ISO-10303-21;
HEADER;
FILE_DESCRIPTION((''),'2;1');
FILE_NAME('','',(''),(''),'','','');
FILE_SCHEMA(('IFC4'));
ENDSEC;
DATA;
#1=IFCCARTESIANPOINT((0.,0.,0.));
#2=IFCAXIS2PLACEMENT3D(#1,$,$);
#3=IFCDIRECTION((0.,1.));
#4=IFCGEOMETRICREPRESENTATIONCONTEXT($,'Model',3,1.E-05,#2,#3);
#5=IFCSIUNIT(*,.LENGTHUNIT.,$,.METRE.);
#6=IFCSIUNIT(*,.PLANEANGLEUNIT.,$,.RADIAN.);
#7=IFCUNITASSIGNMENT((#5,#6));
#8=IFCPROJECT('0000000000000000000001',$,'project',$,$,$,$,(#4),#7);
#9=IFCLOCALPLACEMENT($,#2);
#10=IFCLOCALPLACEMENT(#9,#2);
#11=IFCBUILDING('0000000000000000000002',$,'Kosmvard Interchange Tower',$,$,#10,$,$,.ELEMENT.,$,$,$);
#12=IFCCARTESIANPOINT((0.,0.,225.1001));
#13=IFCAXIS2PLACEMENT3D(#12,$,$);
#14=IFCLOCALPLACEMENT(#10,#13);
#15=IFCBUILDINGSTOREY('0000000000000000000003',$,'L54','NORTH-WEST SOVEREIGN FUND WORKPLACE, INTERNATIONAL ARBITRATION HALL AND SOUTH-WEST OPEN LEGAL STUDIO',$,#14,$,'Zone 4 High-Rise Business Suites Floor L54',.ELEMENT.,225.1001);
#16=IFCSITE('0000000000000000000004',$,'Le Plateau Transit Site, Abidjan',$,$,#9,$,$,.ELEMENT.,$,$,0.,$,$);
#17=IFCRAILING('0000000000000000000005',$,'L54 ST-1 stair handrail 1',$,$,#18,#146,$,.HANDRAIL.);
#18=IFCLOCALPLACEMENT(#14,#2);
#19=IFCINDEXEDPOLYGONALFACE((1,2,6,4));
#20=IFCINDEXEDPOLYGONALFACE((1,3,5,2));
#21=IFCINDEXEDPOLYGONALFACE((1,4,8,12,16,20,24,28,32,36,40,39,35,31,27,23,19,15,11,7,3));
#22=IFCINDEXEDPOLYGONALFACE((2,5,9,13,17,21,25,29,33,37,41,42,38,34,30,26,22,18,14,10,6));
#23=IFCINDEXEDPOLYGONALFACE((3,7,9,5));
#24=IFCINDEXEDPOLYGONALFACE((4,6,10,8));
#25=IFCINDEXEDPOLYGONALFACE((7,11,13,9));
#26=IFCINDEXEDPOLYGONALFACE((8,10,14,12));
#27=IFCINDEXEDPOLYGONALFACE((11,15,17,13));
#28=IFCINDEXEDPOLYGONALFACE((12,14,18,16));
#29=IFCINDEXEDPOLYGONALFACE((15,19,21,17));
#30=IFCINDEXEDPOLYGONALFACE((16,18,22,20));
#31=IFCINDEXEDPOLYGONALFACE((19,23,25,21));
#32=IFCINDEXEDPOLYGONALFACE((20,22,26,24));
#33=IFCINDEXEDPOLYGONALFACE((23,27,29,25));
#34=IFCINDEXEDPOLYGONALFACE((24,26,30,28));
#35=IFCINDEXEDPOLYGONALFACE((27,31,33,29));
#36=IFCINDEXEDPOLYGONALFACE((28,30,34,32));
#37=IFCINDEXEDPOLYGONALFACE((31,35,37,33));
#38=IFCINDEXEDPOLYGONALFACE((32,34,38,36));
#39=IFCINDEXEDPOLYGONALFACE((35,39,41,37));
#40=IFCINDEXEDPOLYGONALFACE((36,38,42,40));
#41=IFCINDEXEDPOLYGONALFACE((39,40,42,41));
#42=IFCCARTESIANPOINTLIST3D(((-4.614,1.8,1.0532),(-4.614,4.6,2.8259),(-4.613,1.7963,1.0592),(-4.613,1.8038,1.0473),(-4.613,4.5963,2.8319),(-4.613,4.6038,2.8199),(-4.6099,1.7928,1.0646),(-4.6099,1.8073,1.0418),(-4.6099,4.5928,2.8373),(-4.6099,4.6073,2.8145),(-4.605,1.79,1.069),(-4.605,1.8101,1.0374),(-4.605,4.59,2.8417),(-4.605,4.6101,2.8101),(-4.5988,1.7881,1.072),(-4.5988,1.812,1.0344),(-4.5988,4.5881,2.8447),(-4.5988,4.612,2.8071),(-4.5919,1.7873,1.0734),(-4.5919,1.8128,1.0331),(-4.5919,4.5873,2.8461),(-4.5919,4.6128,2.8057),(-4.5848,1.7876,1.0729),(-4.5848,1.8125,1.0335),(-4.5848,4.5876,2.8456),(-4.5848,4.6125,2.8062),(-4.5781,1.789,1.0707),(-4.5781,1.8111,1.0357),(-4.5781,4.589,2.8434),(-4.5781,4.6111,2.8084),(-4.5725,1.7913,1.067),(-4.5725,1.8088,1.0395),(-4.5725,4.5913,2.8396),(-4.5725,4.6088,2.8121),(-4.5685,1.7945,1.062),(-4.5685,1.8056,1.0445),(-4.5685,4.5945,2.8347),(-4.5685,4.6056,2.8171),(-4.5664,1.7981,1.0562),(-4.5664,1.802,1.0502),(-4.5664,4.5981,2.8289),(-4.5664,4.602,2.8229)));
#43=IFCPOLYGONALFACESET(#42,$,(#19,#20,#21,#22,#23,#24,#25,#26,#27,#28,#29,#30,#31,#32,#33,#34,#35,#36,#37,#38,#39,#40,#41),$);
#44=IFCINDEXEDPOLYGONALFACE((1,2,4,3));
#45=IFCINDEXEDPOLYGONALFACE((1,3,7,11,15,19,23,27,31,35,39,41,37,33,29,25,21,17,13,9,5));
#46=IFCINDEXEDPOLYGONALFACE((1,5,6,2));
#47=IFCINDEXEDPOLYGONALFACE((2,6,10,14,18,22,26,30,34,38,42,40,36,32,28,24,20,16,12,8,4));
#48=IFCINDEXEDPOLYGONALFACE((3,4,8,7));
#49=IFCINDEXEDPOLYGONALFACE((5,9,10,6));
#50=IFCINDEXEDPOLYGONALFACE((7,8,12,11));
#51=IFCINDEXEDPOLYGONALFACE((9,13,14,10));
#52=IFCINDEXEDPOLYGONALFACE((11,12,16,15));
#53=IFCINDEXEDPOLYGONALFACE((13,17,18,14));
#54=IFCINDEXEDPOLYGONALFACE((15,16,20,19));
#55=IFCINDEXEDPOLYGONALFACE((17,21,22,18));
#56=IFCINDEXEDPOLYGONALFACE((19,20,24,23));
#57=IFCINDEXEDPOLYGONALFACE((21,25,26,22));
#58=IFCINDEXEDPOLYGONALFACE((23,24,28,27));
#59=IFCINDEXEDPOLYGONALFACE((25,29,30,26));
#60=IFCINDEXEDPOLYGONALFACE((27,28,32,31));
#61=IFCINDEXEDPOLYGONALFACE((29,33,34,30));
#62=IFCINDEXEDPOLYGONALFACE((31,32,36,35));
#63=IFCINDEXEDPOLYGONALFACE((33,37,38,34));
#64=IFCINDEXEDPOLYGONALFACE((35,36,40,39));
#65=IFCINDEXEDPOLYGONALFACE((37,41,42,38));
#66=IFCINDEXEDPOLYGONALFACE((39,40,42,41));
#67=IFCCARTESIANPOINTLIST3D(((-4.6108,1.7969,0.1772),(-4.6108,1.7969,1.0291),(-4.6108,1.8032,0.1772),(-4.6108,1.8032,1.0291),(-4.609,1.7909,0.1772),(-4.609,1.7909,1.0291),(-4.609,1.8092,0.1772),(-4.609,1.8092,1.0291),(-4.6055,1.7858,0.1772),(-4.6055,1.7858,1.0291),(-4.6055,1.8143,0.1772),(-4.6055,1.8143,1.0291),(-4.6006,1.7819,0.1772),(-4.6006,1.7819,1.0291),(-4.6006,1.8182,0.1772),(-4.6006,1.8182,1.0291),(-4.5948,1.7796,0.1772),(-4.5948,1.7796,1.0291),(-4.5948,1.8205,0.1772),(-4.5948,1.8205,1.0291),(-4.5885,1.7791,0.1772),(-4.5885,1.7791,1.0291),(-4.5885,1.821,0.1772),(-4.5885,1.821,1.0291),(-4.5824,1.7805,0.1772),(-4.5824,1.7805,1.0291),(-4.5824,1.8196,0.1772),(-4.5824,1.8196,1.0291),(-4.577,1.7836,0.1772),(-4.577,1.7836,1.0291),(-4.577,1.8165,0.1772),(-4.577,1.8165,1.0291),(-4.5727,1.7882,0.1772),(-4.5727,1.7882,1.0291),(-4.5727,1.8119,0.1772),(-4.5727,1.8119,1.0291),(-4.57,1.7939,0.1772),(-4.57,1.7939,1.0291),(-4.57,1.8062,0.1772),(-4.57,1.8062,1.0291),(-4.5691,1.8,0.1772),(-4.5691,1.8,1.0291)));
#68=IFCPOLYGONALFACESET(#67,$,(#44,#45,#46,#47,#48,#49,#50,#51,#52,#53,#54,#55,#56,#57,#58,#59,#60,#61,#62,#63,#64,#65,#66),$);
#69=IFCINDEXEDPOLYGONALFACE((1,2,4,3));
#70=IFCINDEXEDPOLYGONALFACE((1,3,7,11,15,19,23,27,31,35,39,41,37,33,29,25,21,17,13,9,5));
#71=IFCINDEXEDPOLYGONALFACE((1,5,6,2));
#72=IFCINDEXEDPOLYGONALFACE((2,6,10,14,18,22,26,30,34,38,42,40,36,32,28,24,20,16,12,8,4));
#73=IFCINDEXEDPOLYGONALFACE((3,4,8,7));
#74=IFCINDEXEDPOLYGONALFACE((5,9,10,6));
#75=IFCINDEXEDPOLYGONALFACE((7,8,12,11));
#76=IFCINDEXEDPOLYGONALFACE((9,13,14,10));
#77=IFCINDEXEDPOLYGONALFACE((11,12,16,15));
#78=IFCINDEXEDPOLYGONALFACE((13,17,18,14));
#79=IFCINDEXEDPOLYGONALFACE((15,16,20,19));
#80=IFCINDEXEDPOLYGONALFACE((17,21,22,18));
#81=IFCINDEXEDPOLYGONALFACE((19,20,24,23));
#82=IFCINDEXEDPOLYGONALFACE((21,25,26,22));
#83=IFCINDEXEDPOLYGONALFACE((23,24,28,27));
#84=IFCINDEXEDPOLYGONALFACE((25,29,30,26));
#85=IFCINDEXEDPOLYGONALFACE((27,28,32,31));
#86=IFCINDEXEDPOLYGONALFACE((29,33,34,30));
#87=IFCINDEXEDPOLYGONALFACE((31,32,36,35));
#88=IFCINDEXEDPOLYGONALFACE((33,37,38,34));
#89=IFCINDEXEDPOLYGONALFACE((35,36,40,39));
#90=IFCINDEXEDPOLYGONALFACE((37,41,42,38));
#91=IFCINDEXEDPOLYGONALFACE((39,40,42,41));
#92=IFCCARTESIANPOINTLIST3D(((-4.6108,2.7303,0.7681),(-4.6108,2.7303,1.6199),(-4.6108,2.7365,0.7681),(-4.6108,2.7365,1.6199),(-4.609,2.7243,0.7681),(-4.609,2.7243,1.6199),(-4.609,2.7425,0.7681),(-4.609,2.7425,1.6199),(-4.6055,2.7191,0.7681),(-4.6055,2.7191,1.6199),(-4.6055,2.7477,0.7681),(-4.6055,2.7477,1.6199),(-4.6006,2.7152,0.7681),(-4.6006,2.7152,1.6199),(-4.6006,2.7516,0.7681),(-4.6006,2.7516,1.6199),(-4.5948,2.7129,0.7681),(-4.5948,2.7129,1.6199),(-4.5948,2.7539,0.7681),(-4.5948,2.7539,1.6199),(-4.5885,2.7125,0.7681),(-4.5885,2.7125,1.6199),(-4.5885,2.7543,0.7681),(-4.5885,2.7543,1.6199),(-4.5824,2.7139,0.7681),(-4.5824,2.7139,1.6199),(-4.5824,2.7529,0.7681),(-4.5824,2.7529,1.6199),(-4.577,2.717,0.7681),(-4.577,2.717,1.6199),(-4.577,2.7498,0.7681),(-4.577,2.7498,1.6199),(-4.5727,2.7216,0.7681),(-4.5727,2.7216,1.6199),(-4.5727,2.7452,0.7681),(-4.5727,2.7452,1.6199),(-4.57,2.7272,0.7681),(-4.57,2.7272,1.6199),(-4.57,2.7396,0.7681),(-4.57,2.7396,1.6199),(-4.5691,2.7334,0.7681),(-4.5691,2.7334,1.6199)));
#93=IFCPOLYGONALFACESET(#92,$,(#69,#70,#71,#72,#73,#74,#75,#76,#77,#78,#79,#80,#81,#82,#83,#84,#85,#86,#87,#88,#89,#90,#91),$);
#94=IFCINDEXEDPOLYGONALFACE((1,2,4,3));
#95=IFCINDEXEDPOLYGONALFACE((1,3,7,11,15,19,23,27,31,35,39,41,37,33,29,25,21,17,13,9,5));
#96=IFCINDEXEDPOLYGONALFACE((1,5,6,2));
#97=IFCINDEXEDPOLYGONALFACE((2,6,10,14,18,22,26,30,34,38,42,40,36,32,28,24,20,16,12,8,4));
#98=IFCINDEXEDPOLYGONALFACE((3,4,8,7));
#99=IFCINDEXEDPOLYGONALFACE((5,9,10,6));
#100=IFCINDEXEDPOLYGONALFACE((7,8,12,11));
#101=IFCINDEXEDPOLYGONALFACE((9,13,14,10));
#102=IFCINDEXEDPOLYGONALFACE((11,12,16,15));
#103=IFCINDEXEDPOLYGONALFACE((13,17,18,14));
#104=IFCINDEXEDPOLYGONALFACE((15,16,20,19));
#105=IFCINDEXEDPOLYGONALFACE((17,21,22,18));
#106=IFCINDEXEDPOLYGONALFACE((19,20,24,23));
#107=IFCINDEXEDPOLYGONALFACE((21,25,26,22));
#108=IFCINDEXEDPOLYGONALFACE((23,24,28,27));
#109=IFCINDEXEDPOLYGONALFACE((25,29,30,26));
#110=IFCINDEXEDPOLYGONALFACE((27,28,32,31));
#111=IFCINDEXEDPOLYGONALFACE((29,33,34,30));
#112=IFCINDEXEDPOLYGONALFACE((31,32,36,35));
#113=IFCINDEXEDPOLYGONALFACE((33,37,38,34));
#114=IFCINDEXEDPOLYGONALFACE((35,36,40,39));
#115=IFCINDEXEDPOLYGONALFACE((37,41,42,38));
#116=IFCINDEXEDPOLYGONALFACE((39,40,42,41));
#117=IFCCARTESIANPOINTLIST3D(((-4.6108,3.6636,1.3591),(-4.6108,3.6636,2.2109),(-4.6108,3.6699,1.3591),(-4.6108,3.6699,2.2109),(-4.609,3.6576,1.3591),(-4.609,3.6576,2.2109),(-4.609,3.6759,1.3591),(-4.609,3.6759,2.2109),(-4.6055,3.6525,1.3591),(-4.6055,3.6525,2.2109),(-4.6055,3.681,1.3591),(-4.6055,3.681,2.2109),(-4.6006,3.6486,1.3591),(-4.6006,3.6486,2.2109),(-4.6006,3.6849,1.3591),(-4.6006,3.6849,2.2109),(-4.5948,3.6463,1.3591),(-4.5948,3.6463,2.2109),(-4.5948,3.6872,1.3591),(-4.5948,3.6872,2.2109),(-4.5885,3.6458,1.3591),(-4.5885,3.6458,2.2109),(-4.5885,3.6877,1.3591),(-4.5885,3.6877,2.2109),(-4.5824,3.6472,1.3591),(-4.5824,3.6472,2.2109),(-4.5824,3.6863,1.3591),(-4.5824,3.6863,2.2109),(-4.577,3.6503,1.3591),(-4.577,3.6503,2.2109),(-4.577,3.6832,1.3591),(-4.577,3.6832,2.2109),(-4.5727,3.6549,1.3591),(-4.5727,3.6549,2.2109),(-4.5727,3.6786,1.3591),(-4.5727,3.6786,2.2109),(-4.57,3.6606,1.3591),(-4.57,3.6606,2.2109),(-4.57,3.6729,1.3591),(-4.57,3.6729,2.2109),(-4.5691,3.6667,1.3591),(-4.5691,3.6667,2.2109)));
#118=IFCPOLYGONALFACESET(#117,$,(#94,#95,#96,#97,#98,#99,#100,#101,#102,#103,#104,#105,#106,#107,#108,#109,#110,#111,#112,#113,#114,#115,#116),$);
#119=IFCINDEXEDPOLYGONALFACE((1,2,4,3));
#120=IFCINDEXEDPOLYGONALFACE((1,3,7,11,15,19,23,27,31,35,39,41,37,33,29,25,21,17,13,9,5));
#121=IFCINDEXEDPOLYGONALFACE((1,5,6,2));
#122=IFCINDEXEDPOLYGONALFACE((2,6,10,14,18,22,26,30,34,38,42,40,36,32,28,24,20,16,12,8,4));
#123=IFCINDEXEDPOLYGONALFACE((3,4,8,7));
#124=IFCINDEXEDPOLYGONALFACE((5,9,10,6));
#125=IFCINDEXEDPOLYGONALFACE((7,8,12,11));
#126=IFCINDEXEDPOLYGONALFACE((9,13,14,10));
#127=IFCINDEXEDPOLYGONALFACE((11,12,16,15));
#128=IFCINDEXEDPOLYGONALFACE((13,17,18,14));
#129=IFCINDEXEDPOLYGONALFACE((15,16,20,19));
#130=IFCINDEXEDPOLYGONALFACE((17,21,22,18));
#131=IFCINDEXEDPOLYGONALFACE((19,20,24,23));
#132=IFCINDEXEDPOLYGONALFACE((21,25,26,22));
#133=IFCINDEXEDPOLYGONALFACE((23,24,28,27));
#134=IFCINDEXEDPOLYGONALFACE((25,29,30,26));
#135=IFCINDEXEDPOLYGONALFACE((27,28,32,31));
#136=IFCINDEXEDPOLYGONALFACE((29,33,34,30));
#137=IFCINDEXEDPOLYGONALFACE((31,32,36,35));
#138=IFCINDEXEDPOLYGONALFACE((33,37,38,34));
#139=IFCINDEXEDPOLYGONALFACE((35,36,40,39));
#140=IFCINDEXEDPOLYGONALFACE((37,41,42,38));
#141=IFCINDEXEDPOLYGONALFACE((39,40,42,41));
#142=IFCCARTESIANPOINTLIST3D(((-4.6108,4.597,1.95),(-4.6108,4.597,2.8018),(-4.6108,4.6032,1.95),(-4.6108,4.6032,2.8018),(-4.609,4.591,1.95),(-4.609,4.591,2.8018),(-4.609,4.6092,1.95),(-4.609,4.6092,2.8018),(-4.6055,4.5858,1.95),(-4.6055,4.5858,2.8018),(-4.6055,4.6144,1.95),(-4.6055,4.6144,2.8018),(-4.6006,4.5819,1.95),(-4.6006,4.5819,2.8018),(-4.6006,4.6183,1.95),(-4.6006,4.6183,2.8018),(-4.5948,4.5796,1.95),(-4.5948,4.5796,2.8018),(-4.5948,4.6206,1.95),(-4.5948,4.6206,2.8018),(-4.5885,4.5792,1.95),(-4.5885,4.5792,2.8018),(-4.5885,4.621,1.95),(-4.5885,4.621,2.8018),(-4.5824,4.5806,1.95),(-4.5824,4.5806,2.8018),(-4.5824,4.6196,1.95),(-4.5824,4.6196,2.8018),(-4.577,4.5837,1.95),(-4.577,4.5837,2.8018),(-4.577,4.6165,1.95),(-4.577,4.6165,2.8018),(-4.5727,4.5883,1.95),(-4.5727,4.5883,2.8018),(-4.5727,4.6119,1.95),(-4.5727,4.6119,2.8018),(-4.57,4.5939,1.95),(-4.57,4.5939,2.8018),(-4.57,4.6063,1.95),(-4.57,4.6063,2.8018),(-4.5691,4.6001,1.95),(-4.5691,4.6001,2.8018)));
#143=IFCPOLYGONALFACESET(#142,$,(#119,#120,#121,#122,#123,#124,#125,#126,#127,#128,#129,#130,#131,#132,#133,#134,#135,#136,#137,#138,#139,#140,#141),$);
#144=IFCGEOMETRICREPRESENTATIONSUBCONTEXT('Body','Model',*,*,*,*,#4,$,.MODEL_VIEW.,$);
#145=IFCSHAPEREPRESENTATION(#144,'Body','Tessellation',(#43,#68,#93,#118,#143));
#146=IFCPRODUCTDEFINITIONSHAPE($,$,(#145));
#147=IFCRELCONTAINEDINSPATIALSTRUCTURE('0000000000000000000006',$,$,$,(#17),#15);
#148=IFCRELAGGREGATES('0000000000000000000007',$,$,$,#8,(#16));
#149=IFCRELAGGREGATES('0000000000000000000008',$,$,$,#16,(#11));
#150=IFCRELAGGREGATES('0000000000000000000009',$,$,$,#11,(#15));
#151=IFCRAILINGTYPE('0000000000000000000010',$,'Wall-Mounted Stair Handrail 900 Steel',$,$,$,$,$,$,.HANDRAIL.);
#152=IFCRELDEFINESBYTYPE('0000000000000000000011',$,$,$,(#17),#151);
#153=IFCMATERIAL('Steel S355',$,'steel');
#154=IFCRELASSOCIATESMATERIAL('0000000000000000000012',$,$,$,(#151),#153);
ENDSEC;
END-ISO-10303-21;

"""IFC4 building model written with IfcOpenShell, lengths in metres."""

from ifc_helpers import new_model, si_unit, direction, frame, origin, origin_2d, place, context, subcontext, project, spatial, circle, extrude, source, transform, mapped, material, type_object, element, save


model = new_model("IFC4")

# Units and contexts
model_context = context("Model", 3, precision=1e-05, world=origin(), true_north=direction((0.0, 1.0)))
body_context = subcontext(model_context, "Body", "Model", "MODEL_VIEW")
ifc_project = project(units=[si_unit("LENGTHUNIT", "METRE"), si_unit("PLANEANGLEUNIT", "RADIAN")], contexts=[model_context])

# Site, building, storey
site_placement = place(None, origin())
site = spatial("IfcSite", under=ifc_project, at=site_placement, Name="Le Plateau Transit Site, Abidjan", CompositionType="ELEMENT", RefElevation=0.0)
building_placement = place(site_placement, origin())
building = spatial("IfcBuilding", under=site, at=building_placement, Name="Kosmvard Interchange Tower", CompositionType="ELEMENT")
storey_placement = place(building_placement, frame((0.0, 0.0, 225.1001)))
storey = spatial("IfcBuildingStorey", under=building, at=storey_placement, Name="L54", Description="NORTH-WEST SOVEREIGN FUND WORKPLACE, INTERNATIONAL ARBITRATION HALL AND SOUTH-WEST OPEN LEGAL STUDIO", LongName="Zone 4 High-Rise Business Suites Floor L54", CompositionType="ELEMENT", Elevation=225.1001)

# Shared definitions
ifc_material_1 = material(Name="Steel S355", Category="steel")

# Railing
railing_type_1 = type_object("IfcRailingType", Name="Wall-Mounted Stair Handrail 900 Steel", PredefinedType="HANDRAIL", material=ifc_material_1)
shared_shape_1 = source(origin(), body_context, "Body", "SweptSolid", [
    extrude(circle(Radius=0.0239, at=origin_2d()), frame((0.0, 0.0, 0.876), z_axis=(0.0, 0.844909, 0.53491), x_axis=(-1.0, 0.0, 0.0)), (0.0, 0.0, 1.0), 3.314),
    extrude(circle(Radius=0.021, at=origin_2d()), origin(), (0.0, 0.0, 1.0), 0.8518),
    extrude(circle(Radius=0.021, at=origin_2d()), frame((0.0, 0.9333, 0.5908)), (0.0, 0.0, 1.0), 0.8518),
    extrude(circle(Radius=0.021, at=origin_2d()), frame((0.0, 1.8667, 1.1819)), (0.0, 0.0, 1.0), 0.8518),
    extrude(circle(Radius=0.021, at=origin_2d()), frame((0.0, 2.8, 1.7727)), (0.0, 0.0, 1.0), 0.8518),
])
railing_1_placement = place(storey_placement, frame((-4.5901, 1.8, 0.1772)))
element("IfcRailing", 1, at=railing_1_placement, inside=storey, type_object=railing_type_1, Name="L54 ST-1 stair handrail 1", PredefinedType="HANDRAIL", context=body_context, shape_type="MappedRepresentation", body=[
    mapped(shared_shape_1, transform((0.0, 0.0, 0.0), scale=1.0)),
])

save(model, "model.ifc")
